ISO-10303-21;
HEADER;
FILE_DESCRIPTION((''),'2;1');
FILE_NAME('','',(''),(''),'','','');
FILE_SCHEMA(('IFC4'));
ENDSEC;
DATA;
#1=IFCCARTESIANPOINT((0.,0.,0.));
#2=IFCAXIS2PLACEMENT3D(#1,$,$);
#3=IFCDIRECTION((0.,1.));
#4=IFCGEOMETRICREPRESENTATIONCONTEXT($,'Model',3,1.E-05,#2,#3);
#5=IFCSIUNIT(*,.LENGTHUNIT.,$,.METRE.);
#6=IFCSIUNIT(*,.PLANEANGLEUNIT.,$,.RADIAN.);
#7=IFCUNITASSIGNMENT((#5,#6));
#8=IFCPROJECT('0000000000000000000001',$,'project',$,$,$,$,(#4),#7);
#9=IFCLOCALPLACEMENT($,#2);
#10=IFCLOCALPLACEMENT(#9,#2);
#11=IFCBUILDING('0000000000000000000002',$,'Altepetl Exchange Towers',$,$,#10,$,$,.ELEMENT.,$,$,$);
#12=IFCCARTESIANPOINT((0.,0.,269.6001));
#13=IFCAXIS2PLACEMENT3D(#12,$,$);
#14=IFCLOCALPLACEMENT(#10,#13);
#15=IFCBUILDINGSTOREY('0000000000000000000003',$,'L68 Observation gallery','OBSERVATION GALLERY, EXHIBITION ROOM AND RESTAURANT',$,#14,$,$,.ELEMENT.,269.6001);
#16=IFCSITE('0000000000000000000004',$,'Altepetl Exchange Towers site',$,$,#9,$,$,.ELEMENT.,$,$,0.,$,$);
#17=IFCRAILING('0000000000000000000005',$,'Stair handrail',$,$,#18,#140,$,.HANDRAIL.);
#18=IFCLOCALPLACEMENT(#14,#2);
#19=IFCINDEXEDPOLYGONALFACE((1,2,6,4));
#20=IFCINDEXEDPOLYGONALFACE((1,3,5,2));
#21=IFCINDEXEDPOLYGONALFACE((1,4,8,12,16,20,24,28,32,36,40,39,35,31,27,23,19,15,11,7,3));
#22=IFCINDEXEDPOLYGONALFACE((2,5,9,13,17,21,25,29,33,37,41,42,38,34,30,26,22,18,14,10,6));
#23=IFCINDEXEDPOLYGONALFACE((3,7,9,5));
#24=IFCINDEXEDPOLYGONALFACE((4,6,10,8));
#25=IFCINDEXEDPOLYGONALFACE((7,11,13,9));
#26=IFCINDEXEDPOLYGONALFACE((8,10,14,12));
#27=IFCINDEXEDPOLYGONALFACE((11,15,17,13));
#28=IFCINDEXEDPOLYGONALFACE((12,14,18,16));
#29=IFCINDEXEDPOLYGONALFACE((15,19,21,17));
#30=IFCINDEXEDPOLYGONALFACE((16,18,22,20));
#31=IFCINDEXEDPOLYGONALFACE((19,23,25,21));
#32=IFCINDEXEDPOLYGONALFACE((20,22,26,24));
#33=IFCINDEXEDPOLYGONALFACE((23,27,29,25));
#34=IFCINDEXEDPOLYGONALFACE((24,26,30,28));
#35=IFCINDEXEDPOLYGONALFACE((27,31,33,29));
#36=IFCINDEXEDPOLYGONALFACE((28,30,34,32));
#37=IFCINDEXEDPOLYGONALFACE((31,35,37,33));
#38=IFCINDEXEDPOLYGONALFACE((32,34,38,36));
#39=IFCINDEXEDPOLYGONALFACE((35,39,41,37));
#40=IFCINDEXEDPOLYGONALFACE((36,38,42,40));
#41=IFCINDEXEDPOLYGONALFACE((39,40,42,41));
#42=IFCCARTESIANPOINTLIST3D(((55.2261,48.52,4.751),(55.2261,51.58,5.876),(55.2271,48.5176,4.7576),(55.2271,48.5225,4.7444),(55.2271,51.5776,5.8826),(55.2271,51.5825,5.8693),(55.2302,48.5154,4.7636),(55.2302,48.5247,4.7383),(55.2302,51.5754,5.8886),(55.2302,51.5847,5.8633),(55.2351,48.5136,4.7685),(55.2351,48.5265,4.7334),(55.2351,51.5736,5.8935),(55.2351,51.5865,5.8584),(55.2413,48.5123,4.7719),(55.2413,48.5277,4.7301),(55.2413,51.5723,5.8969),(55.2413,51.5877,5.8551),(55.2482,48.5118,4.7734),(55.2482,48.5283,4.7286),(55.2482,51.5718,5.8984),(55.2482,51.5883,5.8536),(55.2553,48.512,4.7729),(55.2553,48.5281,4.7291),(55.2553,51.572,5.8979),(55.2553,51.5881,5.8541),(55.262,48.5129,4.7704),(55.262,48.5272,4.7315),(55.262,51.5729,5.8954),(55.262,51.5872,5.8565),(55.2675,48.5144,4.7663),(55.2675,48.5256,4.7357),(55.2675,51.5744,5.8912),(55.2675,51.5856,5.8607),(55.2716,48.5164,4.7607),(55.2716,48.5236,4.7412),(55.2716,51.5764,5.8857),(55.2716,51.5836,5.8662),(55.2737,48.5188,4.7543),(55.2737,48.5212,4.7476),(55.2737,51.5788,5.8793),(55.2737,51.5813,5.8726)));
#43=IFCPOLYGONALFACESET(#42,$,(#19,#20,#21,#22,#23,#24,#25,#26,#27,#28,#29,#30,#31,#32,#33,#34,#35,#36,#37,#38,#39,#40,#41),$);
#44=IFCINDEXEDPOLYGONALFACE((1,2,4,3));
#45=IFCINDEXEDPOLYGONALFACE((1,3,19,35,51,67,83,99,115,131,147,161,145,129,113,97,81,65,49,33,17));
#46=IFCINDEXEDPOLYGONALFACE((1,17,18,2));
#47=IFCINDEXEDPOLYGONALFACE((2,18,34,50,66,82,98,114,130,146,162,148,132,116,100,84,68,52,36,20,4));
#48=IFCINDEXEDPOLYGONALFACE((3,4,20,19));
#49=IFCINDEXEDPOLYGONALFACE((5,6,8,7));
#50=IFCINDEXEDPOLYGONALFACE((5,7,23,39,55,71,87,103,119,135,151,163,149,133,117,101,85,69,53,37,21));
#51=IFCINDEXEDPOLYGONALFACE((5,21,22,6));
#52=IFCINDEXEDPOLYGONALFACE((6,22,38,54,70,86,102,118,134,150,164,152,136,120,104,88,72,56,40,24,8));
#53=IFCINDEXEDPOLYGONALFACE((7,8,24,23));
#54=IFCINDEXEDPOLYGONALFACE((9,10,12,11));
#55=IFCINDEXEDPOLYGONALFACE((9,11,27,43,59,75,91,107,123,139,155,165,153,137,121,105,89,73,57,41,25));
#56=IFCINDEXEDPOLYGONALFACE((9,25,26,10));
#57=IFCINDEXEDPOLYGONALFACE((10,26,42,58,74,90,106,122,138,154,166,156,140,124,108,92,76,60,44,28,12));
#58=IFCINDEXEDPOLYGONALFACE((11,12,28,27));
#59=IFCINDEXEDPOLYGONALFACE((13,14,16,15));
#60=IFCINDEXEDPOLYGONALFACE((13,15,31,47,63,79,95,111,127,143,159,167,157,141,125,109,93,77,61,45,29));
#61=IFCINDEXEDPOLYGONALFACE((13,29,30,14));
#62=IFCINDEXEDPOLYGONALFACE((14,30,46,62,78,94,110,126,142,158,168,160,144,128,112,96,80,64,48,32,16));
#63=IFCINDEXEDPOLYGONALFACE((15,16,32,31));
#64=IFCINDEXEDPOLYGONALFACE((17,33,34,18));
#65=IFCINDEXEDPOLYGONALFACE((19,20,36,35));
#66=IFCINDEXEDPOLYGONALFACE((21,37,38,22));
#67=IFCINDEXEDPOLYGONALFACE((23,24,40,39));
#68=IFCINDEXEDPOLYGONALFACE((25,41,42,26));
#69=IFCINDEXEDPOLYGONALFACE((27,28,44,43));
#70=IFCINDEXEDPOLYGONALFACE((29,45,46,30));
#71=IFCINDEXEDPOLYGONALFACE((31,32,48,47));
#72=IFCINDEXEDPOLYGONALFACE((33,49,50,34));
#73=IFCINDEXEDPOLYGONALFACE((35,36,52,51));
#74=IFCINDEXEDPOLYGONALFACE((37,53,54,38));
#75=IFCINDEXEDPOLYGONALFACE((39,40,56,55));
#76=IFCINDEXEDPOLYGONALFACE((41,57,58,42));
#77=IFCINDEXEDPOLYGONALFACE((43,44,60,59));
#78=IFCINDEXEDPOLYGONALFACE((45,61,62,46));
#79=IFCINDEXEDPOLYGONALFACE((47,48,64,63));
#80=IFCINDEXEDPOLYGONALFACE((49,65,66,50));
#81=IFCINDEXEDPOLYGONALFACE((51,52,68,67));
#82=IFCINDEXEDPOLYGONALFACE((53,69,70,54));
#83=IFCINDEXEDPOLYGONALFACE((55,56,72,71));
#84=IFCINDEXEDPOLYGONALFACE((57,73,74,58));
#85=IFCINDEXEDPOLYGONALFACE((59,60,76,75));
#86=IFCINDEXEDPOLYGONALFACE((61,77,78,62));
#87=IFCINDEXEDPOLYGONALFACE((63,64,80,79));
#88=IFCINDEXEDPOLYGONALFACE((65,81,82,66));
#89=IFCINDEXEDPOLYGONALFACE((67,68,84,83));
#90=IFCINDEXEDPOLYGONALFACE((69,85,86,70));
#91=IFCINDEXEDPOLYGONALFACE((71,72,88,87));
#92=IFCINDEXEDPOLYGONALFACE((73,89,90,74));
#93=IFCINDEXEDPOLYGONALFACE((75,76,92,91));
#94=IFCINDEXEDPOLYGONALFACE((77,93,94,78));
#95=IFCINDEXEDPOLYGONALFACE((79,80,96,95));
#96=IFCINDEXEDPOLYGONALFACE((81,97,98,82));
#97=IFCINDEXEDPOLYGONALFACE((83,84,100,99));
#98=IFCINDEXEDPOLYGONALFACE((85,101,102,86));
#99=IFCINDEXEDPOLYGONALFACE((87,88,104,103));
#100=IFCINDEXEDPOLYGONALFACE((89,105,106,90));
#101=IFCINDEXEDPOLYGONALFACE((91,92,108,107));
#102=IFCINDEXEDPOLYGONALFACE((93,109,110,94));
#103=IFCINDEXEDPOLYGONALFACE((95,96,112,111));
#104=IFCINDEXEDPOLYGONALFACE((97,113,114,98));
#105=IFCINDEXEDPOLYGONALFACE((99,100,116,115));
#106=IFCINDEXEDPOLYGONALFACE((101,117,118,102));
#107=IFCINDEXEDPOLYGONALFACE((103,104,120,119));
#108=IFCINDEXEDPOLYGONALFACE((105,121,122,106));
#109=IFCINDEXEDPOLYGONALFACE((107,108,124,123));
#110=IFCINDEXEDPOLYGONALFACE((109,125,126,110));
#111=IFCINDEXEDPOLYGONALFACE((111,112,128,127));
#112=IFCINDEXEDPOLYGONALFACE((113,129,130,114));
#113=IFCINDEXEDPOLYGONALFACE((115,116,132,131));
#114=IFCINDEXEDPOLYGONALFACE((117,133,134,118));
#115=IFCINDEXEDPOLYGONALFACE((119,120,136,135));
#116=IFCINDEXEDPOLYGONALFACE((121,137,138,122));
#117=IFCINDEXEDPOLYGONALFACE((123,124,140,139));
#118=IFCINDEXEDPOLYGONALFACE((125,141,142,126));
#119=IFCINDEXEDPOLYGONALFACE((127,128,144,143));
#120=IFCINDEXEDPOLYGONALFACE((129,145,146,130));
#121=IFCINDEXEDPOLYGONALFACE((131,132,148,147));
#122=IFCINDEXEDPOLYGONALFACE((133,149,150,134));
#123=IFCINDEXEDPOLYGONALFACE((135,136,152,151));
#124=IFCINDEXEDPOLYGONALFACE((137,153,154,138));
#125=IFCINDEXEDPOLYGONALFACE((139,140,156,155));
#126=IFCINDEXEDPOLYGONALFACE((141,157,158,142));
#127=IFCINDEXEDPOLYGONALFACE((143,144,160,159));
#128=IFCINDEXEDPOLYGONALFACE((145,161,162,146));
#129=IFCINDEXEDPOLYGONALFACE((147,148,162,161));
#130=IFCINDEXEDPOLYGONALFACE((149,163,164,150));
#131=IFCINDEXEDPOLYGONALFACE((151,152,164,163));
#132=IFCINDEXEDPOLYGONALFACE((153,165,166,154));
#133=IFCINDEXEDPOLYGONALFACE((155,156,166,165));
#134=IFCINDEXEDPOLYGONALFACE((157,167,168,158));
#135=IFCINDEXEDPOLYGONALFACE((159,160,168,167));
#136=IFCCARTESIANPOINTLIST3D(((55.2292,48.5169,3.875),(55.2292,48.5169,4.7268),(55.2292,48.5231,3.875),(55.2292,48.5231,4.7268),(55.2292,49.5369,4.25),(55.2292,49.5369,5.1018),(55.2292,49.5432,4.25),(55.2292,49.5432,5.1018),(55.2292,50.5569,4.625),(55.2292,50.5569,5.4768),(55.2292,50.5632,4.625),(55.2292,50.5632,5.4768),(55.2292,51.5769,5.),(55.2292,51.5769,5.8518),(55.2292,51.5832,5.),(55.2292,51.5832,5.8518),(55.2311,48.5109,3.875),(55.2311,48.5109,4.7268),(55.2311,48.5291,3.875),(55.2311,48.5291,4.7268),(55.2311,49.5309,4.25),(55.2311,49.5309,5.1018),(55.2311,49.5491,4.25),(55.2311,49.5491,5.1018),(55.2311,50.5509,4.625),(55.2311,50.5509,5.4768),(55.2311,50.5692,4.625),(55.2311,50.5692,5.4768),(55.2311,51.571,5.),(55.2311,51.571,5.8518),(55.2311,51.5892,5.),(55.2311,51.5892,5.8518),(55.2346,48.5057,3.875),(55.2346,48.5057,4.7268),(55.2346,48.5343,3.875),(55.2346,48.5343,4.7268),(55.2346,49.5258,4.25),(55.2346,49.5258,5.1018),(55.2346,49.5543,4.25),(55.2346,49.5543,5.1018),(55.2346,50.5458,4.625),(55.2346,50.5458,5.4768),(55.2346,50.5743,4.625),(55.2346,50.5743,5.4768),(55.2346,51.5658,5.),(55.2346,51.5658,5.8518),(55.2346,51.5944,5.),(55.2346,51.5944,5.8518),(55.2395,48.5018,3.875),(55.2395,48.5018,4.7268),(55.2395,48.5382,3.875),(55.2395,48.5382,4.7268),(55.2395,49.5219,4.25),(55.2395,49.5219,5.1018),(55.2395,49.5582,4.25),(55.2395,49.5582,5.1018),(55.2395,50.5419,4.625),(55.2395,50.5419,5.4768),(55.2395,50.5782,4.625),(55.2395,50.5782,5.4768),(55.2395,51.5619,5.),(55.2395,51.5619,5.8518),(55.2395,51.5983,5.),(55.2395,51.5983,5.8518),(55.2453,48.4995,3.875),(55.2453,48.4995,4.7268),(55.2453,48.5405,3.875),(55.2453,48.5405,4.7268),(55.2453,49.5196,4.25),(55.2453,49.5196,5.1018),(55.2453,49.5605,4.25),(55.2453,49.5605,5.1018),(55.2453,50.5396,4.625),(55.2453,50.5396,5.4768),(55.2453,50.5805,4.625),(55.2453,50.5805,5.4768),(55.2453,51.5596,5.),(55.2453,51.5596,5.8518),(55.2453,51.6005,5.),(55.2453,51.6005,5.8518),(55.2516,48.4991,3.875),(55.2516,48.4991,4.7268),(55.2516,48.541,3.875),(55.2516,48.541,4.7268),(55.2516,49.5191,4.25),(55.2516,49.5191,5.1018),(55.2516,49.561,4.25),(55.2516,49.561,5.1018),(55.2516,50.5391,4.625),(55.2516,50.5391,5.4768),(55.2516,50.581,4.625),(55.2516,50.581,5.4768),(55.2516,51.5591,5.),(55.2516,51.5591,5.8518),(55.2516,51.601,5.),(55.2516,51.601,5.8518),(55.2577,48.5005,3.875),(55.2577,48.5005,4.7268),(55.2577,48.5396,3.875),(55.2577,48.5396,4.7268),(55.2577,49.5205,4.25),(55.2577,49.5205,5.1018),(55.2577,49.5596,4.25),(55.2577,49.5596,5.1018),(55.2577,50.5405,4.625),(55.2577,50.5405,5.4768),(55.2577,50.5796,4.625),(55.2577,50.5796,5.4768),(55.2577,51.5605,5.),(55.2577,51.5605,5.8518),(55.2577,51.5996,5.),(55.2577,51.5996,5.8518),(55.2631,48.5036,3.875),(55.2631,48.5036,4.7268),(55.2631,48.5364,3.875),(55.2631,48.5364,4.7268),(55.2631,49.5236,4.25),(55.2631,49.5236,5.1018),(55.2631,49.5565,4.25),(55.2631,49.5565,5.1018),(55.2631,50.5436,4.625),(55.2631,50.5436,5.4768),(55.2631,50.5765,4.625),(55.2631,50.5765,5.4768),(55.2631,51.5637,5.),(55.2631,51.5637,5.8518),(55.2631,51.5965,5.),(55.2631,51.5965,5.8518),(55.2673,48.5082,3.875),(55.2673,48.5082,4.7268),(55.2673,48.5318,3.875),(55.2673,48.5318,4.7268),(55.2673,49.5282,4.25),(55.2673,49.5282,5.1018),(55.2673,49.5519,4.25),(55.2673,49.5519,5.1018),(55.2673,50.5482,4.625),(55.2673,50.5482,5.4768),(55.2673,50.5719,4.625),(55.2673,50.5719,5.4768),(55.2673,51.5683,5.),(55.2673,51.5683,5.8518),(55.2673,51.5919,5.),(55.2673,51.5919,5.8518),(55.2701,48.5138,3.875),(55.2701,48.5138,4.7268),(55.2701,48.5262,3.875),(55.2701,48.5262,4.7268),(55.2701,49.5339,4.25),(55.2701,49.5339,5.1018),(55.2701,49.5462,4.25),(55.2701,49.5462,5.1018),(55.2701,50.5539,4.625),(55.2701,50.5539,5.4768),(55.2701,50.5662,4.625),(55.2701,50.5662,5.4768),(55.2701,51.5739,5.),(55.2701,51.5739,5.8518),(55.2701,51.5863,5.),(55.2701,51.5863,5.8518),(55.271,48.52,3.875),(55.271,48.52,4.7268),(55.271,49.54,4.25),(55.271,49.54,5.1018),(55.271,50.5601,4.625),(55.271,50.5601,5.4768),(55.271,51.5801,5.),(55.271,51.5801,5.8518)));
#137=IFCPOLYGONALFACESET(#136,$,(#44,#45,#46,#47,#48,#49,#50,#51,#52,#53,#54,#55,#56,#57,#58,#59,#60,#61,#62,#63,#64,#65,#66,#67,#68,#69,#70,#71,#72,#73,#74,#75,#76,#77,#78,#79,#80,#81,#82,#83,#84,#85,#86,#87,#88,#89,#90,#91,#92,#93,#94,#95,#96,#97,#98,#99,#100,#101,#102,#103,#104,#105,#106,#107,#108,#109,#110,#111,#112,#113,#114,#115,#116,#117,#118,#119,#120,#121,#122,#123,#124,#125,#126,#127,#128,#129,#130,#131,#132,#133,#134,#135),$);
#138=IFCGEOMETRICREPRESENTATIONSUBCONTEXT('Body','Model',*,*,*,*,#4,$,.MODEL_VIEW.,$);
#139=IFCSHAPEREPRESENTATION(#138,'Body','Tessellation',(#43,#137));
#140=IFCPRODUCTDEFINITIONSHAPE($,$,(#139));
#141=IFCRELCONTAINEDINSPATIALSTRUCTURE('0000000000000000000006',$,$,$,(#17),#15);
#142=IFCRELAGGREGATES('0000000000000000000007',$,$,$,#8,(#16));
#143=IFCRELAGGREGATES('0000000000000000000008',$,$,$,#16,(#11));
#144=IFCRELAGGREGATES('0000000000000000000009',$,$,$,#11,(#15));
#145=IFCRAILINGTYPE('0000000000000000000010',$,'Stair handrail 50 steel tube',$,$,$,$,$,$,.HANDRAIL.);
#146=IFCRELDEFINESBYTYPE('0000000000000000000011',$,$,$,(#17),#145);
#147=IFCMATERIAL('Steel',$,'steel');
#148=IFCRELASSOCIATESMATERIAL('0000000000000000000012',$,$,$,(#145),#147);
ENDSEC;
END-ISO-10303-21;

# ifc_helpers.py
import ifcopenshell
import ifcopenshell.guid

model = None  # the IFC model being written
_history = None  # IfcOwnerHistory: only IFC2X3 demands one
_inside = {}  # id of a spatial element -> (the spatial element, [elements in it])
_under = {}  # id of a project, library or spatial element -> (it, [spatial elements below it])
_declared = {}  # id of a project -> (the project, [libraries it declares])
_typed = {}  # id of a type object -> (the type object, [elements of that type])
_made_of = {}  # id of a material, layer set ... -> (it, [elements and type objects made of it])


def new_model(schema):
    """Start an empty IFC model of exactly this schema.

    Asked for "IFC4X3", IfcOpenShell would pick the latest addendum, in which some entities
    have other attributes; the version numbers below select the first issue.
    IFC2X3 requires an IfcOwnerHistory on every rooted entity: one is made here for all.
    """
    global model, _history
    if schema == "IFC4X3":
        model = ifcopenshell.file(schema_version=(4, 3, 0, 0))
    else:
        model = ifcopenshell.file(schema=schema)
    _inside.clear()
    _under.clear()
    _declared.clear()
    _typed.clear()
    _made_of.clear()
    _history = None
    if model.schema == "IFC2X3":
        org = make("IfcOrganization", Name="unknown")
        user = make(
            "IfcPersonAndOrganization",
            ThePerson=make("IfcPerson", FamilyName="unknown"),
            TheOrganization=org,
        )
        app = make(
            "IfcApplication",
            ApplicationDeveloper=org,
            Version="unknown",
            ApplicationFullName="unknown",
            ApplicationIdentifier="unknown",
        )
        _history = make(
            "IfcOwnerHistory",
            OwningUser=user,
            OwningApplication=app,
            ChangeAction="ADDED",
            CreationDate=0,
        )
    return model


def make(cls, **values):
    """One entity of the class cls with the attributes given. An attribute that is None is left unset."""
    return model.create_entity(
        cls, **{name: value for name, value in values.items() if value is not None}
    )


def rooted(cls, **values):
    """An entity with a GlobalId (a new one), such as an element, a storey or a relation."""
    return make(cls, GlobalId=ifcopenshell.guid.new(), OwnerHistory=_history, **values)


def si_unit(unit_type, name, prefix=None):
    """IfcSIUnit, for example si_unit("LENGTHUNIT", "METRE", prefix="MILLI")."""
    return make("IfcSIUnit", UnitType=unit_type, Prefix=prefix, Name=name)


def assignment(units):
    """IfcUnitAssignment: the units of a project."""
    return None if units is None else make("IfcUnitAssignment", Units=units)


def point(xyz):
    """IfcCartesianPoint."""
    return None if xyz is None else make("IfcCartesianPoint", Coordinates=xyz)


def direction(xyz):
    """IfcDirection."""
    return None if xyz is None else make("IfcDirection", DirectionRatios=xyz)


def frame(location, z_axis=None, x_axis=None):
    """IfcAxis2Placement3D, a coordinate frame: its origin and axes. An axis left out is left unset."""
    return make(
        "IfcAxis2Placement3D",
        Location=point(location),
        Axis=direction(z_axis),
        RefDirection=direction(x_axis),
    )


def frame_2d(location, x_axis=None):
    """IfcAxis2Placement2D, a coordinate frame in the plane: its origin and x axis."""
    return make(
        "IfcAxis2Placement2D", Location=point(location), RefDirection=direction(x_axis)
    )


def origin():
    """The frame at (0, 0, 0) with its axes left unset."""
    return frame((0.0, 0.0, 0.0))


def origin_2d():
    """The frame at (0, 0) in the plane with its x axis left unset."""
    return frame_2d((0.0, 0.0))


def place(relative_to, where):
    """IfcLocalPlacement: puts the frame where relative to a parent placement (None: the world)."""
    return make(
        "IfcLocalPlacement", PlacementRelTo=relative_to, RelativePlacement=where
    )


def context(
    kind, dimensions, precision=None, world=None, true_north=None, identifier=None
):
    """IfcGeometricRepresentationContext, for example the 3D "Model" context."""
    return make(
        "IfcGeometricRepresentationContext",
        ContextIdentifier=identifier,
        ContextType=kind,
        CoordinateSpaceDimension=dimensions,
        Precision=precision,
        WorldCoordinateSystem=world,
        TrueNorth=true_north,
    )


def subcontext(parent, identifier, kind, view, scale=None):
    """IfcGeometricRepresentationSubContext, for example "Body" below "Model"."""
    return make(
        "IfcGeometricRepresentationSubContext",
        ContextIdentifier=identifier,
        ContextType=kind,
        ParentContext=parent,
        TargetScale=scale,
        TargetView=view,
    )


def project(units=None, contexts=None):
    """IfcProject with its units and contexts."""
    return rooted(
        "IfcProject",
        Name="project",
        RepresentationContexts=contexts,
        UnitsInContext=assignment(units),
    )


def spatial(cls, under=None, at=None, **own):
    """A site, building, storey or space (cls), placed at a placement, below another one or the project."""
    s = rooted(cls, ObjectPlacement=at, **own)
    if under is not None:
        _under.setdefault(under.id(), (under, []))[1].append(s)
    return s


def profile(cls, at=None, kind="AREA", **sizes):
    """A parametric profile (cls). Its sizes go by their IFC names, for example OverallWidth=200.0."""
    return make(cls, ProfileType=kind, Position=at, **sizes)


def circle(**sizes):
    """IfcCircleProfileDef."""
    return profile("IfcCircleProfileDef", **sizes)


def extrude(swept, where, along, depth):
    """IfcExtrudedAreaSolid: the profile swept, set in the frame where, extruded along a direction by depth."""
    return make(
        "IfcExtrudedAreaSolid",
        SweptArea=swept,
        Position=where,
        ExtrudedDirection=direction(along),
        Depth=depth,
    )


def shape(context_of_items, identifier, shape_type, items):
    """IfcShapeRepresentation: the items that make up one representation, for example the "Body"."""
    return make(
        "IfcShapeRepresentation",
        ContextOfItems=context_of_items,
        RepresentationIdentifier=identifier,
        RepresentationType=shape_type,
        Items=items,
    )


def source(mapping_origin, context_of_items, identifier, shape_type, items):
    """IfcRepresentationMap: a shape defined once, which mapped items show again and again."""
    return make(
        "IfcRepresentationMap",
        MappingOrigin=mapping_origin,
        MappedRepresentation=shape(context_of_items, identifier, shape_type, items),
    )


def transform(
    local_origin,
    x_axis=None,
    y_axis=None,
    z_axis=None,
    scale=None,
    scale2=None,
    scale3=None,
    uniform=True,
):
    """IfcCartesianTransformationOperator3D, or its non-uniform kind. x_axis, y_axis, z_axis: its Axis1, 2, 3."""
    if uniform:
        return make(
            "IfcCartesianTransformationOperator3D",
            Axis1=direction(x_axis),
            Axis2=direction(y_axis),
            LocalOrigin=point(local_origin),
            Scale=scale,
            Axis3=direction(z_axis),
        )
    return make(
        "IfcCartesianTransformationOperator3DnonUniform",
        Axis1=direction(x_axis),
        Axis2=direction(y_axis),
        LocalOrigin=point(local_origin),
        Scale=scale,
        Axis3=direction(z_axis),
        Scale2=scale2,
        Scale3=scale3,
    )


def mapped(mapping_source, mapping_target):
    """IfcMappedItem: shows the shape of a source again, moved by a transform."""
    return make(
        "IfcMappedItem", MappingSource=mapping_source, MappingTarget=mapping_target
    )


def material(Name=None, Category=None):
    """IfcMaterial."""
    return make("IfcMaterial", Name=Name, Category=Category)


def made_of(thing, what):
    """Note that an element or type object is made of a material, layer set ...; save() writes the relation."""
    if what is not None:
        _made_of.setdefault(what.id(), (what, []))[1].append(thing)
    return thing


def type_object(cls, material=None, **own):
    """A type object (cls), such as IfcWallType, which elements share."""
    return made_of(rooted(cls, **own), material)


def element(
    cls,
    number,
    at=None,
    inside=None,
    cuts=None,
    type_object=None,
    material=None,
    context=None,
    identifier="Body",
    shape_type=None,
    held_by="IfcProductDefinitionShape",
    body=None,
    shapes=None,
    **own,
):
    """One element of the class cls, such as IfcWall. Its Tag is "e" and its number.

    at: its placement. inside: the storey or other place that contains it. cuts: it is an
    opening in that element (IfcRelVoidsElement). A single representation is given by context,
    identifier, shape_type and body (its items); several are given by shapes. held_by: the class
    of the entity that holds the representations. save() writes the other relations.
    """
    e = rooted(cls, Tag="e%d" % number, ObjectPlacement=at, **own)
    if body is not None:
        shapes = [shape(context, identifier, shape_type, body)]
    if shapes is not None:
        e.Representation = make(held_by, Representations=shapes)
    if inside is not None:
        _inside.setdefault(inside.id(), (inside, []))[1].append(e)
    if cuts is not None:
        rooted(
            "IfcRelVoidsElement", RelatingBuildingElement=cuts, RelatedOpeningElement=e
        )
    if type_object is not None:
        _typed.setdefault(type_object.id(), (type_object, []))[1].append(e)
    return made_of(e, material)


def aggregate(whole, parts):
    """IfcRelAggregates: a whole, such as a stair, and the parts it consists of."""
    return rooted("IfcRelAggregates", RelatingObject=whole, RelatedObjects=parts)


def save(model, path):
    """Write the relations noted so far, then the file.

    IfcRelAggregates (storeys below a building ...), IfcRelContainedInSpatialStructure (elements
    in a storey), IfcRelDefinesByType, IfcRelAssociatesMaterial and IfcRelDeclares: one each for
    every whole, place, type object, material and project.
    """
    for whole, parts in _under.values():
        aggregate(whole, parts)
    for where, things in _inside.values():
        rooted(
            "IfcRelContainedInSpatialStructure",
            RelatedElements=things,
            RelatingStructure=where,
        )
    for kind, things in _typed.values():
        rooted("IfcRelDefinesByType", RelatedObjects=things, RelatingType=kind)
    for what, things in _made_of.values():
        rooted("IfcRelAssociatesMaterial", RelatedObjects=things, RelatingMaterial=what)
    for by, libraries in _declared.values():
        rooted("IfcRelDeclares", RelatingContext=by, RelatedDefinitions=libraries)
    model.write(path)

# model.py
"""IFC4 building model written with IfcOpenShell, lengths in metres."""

from ifc_helpers import new_model, si_unit, direction, frame, origin, origin_2d, place, context, subcontext, project, spatial, circle, extrude, source, transform, mapped, material, type_object, element, save


model = new_model("IFC4")

# Units and contexts
model_context = context("Model", 3, precision=1e-05, world=origin(), true_north=direction((0.0, 1.0)))
body_context = subcontext(model_context, "Body", "Model", "MODEL_VIEW")
ifc_project = project(units=[si_unit("LENGTHUNIT", "METRE"), si_unit("PLANEANGLEUNIT", "RADIAN")], contexts=[model_context])

# Site, building, storey
site_placement = place(None, origin())
site = spatial("IfcSite", under=ifc_project, at=site_placement, Name="Altepetl Exchange Towers site", CompositionType="ELEMENT", RefElevation=0.0)
building_placement = place(site_placement, origin())
building = spatial("IfcBuilding", under=site, at=building_placement, Name="Altepetl Exchange Towers", CompositionType="ELEMENT")
storey_placement = place(building_placement, frame((0.0, 0.0, 269.6001)))
storey = spatial("IfcBuildingStorey", under=building, at=storey_placement, Name="L68 Observation gallery", Description="OBSERVATION GALLERY, EXHIBITION ROOM AND RESTAURANT", CompositionType="ELEMENT", Elevation=269.6001)

# Railing
ifc_material_1 = material(Name="Steel", Category="steel")
railing_type = type_object("IfcRailingType", Name="Stair handrail 50 steel tube", PredefinedType="HANDRAIL", material=ifc_material_1)
shared_shape = source(origin(), body_context, "Body", "SweptSolid", [
    extrude(circle(Radius=0.021, at=origin_2d()), origin(), (0.0, 0.0, 1.0), 0.8518),
])
for number, where, name in (
    (1, (55.25, 48.52, 3.875), "Stair handrail"),
):
    element("IfcRailing", number, at=place(storey_placement, frame(where)), inside=storey, type_object=railing_type, Name=name, PredefinedType="HANDRAIL", context=body_context, shape_type="SweptSolid", body=[
        extrude(circle(Radius=0.0239, at=origin_2d()), frame((0.0, 0.0, 0.876), z_axis=(0.0, 0.938581, 0.34506), x_axis=(-1.0, 0.0, 0.0)), (0.0, 0.0, 1.0), 3.2603),
        mapped(shared_shape, transform((0.0, 0.0, 0.0))),
        mapped(shared_shape, transform((0.0, 1.02, 0.375))),
        mapped(shared_shape, transform((0.0, 2.04, 0.75))),
        mapped(shared_shape, transform((0.0, 3.0601, 1.125))),
    ])

save(model, "model.ifc")
